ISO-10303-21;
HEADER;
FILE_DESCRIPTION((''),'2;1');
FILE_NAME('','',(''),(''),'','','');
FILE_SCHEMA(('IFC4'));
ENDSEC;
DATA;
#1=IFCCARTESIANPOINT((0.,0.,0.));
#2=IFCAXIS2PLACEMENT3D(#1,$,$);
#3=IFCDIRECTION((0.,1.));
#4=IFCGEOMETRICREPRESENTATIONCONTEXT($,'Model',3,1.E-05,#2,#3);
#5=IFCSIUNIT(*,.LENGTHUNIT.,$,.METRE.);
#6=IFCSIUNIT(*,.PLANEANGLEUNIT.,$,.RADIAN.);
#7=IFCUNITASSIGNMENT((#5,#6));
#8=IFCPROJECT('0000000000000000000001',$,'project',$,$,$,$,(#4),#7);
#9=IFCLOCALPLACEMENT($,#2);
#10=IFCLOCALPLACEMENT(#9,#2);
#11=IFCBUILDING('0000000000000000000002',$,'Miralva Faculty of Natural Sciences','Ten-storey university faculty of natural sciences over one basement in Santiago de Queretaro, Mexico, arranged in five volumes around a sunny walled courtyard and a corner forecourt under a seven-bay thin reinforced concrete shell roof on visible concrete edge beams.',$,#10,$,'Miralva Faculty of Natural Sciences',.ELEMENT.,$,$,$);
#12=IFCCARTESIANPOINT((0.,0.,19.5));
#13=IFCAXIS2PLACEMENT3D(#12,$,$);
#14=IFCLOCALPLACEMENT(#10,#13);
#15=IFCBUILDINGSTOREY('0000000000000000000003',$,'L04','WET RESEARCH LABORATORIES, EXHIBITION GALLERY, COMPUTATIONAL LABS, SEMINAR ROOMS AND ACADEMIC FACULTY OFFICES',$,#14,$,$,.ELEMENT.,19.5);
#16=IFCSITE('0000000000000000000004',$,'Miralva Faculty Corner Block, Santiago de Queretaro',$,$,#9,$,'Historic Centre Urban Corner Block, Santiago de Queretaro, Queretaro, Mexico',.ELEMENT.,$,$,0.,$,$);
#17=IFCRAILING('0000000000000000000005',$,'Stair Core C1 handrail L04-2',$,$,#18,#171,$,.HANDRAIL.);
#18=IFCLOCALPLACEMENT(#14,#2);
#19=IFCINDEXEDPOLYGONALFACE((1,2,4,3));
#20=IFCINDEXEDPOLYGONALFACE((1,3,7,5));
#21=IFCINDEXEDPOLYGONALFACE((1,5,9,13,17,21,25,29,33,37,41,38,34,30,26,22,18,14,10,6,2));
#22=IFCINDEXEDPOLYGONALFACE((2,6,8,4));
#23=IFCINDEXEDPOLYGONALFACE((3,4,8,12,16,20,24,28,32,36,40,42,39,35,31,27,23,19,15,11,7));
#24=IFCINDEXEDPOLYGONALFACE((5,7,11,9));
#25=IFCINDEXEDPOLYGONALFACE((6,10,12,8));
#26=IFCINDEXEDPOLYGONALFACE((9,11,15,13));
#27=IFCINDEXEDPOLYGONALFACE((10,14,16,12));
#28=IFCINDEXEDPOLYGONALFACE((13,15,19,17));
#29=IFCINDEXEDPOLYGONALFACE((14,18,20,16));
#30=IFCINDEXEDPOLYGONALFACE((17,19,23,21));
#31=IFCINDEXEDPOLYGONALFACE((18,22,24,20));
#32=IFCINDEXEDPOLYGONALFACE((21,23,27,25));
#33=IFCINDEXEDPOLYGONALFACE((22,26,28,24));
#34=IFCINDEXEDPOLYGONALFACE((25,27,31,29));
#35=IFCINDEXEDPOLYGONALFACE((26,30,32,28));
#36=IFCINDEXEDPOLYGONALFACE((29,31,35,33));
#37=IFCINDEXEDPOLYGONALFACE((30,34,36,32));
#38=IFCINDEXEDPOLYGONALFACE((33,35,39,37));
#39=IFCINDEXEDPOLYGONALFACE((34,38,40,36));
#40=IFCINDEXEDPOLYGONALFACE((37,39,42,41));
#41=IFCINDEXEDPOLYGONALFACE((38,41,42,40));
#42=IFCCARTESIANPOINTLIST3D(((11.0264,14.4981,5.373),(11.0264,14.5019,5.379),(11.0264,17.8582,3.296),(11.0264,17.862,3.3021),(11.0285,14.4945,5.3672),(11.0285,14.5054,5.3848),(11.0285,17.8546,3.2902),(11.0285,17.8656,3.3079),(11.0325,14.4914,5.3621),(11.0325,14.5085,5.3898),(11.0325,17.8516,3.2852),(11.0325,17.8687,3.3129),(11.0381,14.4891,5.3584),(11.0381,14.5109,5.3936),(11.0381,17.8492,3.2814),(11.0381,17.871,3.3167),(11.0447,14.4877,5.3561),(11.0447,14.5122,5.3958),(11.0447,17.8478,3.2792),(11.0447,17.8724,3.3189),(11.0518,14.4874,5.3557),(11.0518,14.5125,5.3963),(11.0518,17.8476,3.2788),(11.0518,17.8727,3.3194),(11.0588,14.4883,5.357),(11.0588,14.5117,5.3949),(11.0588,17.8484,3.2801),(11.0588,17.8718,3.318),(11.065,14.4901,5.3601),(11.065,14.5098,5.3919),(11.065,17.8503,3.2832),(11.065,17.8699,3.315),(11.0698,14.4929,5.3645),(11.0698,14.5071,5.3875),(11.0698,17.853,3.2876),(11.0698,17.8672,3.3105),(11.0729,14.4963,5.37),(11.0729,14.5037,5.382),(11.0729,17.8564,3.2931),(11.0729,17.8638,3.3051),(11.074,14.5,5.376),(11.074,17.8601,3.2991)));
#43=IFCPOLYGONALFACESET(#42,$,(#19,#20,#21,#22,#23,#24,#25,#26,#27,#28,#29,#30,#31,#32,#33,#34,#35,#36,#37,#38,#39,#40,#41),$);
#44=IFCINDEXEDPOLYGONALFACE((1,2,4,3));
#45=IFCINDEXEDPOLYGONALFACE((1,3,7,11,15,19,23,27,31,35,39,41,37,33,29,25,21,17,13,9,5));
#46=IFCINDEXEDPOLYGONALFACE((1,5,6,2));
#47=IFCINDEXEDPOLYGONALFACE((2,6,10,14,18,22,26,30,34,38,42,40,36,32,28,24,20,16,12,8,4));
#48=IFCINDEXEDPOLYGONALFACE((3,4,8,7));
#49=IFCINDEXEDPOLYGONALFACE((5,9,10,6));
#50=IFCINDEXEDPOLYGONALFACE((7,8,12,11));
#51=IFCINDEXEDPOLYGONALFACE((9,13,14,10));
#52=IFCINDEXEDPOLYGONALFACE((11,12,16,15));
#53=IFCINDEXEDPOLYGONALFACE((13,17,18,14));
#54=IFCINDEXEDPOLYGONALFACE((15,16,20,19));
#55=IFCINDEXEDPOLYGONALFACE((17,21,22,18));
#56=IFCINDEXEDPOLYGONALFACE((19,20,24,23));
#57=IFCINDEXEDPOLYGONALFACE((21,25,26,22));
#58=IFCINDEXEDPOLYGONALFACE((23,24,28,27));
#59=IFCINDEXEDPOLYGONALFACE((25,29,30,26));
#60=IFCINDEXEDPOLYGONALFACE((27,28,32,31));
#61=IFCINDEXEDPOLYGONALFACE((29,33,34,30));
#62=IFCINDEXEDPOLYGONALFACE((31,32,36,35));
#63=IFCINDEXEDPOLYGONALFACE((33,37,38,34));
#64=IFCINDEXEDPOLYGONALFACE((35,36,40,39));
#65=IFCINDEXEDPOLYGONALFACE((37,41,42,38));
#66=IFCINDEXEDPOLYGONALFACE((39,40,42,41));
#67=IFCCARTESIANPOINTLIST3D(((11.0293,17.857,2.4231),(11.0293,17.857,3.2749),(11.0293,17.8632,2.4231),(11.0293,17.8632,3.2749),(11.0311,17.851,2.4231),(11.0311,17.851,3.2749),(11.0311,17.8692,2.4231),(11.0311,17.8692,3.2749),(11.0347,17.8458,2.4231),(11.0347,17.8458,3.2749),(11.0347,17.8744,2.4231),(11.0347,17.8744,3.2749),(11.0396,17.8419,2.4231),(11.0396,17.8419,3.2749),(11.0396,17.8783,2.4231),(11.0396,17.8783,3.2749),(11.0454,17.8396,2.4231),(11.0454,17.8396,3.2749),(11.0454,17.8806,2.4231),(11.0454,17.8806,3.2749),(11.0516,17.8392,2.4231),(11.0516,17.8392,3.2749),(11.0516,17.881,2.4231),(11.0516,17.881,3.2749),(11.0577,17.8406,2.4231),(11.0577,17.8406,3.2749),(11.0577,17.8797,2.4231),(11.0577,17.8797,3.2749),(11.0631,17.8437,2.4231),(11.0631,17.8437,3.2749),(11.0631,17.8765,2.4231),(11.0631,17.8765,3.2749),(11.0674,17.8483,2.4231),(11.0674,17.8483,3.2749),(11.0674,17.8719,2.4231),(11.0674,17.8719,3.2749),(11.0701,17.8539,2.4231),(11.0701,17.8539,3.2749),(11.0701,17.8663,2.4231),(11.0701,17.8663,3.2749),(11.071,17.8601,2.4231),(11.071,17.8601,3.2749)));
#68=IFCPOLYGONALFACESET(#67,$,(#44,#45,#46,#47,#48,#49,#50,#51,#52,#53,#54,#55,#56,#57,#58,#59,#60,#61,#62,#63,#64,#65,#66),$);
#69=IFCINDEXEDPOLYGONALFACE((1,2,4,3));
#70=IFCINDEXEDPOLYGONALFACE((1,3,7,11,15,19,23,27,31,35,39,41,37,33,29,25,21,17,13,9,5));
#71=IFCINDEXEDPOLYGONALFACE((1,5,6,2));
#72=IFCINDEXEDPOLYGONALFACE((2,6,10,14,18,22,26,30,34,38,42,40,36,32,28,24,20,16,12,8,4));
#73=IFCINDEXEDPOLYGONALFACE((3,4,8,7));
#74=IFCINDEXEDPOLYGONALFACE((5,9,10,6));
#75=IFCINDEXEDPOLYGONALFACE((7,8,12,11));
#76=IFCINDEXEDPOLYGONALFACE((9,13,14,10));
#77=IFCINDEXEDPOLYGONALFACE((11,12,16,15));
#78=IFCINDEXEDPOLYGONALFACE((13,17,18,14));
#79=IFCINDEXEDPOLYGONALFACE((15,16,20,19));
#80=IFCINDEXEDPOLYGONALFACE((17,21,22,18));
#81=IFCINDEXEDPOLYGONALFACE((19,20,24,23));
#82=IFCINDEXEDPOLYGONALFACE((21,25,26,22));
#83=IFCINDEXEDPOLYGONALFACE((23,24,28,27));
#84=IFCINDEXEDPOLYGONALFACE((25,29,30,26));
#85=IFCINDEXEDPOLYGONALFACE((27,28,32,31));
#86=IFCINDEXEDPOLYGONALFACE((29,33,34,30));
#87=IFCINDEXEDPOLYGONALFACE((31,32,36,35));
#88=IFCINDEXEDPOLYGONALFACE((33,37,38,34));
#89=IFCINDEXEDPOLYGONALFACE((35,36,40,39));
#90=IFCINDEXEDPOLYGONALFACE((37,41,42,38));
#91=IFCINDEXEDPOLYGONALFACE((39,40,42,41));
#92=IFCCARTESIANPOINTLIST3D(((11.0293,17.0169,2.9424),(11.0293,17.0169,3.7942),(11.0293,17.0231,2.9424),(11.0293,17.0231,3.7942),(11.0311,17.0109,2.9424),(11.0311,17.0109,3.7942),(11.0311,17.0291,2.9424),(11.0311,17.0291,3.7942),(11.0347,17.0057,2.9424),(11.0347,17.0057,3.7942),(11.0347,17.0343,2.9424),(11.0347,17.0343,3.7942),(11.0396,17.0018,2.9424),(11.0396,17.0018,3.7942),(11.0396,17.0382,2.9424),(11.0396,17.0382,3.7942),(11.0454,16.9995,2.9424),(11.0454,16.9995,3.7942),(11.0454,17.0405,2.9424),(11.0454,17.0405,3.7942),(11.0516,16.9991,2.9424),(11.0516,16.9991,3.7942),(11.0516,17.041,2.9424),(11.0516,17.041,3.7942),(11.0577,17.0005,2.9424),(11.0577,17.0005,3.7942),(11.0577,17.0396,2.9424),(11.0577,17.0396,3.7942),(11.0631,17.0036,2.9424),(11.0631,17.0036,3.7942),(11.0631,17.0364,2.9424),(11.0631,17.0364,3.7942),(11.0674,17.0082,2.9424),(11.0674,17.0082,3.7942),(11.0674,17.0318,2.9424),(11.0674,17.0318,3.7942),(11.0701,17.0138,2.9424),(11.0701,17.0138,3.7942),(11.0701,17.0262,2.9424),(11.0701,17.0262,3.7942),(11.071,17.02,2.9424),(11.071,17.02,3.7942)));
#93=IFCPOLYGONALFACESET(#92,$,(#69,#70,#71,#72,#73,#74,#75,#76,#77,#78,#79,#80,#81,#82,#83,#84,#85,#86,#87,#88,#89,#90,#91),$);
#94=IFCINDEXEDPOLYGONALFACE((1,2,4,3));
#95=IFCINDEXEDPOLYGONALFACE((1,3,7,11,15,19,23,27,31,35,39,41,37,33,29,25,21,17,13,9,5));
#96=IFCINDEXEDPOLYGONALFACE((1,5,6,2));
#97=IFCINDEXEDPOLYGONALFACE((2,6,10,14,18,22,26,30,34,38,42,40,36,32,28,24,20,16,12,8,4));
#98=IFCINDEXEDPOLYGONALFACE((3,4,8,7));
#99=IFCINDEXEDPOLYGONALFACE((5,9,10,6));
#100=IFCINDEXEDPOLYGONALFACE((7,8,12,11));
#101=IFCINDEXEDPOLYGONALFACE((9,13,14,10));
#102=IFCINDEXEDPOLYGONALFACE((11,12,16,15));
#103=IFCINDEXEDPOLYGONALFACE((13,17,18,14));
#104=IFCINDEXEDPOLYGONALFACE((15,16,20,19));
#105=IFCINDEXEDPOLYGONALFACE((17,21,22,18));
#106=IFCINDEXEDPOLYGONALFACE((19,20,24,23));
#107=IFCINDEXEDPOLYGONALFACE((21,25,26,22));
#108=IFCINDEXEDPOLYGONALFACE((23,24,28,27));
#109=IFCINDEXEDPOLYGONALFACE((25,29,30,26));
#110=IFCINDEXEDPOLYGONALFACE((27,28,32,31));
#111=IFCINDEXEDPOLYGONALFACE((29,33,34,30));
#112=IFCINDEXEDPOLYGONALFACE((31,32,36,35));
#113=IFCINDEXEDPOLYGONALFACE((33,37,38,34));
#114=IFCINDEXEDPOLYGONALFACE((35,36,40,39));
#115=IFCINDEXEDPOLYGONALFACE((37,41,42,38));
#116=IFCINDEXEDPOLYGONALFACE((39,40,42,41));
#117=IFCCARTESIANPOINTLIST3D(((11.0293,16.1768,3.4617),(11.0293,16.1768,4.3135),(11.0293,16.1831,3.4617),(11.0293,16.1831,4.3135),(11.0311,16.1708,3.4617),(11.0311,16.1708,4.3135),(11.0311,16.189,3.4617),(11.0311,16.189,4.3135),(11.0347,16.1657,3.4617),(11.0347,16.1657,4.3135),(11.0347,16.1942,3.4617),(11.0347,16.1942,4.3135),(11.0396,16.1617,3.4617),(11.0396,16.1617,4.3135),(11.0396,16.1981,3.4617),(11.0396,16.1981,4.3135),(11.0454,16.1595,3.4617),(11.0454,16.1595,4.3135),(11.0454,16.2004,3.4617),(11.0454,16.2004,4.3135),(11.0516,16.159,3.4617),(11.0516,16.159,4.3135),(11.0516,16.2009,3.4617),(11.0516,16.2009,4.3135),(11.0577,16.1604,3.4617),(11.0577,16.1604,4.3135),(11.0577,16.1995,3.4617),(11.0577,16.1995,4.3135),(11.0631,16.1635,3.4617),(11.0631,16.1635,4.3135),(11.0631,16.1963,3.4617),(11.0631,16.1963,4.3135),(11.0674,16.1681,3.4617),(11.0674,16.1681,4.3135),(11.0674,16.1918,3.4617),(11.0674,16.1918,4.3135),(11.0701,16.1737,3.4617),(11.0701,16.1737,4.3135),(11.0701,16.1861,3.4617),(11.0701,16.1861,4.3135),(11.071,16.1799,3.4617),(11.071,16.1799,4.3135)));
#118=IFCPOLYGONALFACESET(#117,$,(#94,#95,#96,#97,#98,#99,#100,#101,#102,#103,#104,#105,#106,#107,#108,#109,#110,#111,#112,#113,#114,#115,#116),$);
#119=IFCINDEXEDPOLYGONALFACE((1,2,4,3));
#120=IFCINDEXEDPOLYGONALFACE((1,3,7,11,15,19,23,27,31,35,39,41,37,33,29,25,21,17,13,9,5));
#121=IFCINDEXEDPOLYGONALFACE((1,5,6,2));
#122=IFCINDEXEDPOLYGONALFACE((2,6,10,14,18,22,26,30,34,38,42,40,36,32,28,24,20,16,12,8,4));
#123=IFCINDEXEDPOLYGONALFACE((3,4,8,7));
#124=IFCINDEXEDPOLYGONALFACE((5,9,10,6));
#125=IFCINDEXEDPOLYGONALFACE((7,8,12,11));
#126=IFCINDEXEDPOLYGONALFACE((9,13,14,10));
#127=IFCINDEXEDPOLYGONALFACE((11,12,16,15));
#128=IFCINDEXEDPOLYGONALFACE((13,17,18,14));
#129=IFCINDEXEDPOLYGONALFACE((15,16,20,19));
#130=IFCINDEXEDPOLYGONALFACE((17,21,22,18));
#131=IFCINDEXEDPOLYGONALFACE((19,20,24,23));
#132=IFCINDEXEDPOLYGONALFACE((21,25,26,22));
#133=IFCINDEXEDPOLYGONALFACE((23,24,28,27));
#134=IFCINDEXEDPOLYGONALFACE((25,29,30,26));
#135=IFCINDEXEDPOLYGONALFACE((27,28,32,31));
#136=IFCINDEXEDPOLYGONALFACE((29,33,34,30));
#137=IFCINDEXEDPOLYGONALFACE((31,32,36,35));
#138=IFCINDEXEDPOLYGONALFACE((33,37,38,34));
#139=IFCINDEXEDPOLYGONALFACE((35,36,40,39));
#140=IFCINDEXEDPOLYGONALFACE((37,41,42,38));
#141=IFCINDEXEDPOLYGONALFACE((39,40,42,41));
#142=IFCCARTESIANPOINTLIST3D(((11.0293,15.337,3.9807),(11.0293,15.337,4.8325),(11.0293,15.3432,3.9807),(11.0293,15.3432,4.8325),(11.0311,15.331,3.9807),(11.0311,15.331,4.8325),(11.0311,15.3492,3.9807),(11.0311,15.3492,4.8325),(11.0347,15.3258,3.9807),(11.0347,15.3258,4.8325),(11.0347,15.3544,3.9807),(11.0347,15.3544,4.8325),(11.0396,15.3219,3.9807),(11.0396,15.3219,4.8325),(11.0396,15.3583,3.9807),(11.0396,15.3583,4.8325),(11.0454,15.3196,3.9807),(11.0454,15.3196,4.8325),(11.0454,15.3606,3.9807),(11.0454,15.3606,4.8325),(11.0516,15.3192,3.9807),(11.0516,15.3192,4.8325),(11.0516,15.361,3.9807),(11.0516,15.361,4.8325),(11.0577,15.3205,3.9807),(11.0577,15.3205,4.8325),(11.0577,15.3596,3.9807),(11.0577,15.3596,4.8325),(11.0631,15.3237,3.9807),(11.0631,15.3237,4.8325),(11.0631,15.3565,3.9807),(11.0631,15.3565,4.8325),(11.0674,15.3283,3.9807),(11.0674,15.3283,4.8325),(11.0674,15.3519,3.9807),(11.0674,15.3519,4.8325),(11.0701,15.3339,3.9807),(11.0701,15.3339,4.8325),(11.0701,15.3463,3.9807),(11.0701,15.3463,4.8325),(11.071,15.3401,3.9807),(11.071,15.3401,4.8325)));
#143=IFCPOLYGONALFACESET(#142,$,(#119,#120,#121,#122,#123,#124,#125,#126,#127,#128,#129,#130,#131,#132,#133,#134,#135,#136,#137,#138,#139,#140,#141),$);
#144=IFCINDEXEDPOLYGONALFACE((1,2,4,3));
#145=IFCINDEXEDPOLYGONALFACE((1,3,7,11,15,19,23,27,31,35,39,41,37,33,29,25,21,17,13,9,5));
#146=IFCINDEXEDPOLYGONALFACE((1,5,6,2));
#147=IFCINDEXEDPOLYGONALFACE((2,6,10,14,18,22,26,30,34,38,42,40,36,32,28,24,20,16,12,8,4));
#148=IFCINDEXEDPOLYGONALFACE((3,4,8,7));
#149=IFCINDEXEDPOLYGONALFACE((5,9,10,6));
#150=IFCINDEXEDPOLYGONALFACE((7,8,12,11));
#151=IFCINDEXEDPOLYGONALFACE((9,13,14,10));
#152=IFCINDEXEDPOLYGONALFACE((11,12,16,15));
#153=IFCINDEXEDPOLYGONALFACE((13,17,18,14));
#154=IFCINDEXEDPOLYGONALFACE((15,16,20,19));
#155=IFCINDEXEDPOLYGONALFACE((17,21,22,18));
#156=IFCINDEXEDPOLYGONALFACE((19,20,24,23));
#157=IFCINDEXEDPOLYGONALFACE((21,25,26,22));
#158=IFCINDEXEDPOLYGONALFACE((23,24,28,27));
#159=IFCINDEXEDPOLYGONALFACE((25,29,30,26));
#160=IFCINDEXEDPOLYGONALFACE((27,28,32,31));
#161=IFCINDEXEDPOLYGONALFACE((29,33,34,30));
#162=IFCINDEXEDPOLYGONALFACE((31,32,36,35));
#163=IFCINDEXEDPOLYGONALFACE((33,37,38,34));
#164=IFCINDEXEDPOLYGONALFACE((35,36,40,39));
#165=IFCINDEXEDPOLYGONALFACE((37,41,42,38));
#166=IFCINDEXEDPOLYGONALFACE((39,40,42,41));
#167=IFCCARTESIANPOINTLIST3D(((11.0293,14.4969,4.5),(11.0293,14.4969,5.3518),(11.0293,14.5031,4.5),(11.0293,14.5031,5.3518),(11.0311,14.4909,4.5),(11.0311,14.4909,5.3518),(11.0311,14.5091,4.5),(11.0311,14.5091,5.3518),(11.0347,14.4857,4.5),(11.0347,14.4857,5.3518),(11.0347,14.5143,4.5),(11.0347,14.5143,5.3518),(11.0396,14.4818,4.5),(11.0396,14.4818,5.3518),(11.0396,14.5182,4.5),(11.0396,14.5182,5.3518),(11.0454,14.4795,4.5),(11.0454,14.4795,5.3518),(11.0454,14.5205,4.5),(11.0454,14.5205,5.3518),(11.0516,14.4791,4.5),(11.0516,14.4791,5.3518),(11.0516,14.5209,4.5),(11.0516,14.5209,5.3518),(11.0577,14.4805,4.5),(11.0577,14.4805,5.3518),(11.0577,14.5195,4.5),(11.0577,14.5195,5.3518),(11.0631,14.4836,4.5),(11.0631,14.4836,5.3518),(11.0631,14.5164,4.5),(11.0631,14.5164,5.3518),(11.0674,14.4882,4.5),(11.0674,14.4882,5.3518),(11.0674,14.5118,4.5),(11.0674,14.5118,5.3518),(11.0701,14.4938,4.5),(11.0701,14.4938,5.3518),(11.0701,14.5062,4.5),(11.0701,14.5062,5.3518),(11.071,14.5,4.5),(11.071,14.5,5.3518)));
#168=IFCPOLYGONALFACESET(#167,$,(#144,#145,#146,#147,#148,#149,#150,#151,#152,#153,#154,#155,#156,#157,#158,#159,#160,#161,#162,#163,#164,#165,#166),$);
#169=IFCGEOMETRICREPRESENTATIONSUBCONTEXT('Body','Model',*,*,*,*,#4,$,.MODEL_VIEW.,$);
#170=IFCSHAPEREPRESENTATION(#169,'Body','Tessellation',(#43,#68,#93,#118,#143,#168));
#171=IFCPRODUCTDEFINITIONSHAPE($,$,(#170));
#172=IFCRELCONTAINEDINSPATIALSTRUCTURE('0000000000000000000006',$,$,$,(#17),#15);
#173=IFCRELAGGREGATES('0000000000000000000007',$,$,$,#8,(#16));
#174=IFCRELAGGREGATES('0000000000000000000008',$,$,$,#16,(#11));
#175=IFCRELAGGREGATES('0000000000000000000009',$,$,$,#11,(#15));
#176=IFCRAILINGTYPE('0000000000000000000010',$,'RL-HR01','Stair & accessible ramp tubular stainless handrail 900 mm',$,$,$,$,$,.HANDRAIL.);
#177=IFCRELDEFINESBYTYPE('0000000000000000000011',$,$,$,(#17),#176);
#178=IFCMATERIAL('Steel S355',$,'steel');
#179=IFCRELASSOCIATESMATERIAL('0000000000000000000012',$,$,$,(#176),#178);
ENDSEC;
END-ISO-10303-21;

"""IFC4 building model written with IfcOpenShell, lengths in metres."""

from ifc_helpers import new_model, si_unit, direction, frame, origin, origin_2d, place, context, subcontext, project, spatial, circle, extrude, material, type_object, element, save


model = new_model("IFC4")

# Units and contexts
model_context = context("Model", 3, precision=1e-05, world=origin(), true_north=direction((0.0, 1.0)))
body_context = subcontext(model_context, "Body", "Model", "MODEL_VIEW")
ifc_project = project(units=[si_unit("LENGTHUNIT", "METRE"), si_unit("PLANEANGLEUNIT", "RADIAN")], contexts=[model_context])

# Site, building, storey
site_placement = place(None, origin())
site = spatial("IfcSite", under=ifc_project, at=site_placement, Name="Miralva Faculty Corner Block, Santiago de Queretaro", LongName="Historic Centre Urban Corner Block, Santiago de Queretaro, Queretaro, Mexico", CompositionType="ELEMENT", RefElevation=0.0)
building_placement = place(site_placement, origin())
building = spatial("IfcBuilding", under=site, at=building_placement, Name="Miralva Faculty of Natural Sciences", Description="Ten-storey university faculty of natural sciences over one basement in Santiago de Queretaro, Mexico, arranged in five volumes around a sunny walled courtyard and a corner forecourt under a seven-bay thin reinforced concrete shell roof on visible concrete edge beams.", LongName="Miralva Faculty of Natural Sciences", CompositionType="ELEMENT")
storey_placement = place(building_placement, frame((0.0, 0.0, 19.5)))
storey = spatial("IfcBuildingStorey", under=building, at=storey_placement, Name="L04", Description="WET RESEARCH LABORATORIES, EXHIBITION GALLERY, COMPUTATIONAL LABS, SEMINAR ROOMS AND ACADEMIC FACULTY OFFICES", CompositionType="ELEMENT", Elevation=19.5)

# Railing
ifc_material_1 = material(Name="Steel S355", Category="steel")
railing_type_1 = type_object("IfcRailingType", Name="RL-HR01", Description="Stair & accessible ramp tubular stainless handrail 900 mm", PredefinedType="HANDRAIL", material=ifc_material_1)
railing_1_placement = place(storey_placement, frame((11.05, 17.8601, 2.4231)))
element("IfcRailing", 1, at=railing_1_placement, inside=storey, type_object=railing_type_1, Name="Stair Core C1 handrail L04-2", PredefinedType="HANDRAIL", context=body_context, shape_type="SweptSolid", body=[
    extrude(circle(Radius=0.0239, at=origin_2d()), frame((0.0, 0.0, 0.876), z_axis=(0.0, -0.850623, 0.525776), x_axis=(1.0, 0.0, 0.0)), (0.0, 0.0, 1.0), 3.9502),
    extrude(circle(Radius=0.021, at=origin_2d()), origin(), (0.0, 0.0, 1.0), 0.8518),
    extrude(circle(Radius=0.021, at=origin_2d()), frame((0.0, -0.8401, 0.5193)), (0.0, 0.0, 1.0), 0.8518),
    extrude(circle(Radius=0.021, at=origin_2d()), frame((0.0, -1.6802, 1.0386)), (0.0, 0.0, 1.0), 0.8518),
    extrude(circle(Radius=0.021, at=origin_2d()), frame((0.0, -2.52, 1.5576)), (0.0, 0.0, 1.0), 0.8518),
    extrude(circle(Radius=0.021, at=origin_2d()), frame((0.0, -3.3601, 2.0769)), (0.0, 0.0, 1.0), 0.8518),
])

save(model, "model.ifc")
